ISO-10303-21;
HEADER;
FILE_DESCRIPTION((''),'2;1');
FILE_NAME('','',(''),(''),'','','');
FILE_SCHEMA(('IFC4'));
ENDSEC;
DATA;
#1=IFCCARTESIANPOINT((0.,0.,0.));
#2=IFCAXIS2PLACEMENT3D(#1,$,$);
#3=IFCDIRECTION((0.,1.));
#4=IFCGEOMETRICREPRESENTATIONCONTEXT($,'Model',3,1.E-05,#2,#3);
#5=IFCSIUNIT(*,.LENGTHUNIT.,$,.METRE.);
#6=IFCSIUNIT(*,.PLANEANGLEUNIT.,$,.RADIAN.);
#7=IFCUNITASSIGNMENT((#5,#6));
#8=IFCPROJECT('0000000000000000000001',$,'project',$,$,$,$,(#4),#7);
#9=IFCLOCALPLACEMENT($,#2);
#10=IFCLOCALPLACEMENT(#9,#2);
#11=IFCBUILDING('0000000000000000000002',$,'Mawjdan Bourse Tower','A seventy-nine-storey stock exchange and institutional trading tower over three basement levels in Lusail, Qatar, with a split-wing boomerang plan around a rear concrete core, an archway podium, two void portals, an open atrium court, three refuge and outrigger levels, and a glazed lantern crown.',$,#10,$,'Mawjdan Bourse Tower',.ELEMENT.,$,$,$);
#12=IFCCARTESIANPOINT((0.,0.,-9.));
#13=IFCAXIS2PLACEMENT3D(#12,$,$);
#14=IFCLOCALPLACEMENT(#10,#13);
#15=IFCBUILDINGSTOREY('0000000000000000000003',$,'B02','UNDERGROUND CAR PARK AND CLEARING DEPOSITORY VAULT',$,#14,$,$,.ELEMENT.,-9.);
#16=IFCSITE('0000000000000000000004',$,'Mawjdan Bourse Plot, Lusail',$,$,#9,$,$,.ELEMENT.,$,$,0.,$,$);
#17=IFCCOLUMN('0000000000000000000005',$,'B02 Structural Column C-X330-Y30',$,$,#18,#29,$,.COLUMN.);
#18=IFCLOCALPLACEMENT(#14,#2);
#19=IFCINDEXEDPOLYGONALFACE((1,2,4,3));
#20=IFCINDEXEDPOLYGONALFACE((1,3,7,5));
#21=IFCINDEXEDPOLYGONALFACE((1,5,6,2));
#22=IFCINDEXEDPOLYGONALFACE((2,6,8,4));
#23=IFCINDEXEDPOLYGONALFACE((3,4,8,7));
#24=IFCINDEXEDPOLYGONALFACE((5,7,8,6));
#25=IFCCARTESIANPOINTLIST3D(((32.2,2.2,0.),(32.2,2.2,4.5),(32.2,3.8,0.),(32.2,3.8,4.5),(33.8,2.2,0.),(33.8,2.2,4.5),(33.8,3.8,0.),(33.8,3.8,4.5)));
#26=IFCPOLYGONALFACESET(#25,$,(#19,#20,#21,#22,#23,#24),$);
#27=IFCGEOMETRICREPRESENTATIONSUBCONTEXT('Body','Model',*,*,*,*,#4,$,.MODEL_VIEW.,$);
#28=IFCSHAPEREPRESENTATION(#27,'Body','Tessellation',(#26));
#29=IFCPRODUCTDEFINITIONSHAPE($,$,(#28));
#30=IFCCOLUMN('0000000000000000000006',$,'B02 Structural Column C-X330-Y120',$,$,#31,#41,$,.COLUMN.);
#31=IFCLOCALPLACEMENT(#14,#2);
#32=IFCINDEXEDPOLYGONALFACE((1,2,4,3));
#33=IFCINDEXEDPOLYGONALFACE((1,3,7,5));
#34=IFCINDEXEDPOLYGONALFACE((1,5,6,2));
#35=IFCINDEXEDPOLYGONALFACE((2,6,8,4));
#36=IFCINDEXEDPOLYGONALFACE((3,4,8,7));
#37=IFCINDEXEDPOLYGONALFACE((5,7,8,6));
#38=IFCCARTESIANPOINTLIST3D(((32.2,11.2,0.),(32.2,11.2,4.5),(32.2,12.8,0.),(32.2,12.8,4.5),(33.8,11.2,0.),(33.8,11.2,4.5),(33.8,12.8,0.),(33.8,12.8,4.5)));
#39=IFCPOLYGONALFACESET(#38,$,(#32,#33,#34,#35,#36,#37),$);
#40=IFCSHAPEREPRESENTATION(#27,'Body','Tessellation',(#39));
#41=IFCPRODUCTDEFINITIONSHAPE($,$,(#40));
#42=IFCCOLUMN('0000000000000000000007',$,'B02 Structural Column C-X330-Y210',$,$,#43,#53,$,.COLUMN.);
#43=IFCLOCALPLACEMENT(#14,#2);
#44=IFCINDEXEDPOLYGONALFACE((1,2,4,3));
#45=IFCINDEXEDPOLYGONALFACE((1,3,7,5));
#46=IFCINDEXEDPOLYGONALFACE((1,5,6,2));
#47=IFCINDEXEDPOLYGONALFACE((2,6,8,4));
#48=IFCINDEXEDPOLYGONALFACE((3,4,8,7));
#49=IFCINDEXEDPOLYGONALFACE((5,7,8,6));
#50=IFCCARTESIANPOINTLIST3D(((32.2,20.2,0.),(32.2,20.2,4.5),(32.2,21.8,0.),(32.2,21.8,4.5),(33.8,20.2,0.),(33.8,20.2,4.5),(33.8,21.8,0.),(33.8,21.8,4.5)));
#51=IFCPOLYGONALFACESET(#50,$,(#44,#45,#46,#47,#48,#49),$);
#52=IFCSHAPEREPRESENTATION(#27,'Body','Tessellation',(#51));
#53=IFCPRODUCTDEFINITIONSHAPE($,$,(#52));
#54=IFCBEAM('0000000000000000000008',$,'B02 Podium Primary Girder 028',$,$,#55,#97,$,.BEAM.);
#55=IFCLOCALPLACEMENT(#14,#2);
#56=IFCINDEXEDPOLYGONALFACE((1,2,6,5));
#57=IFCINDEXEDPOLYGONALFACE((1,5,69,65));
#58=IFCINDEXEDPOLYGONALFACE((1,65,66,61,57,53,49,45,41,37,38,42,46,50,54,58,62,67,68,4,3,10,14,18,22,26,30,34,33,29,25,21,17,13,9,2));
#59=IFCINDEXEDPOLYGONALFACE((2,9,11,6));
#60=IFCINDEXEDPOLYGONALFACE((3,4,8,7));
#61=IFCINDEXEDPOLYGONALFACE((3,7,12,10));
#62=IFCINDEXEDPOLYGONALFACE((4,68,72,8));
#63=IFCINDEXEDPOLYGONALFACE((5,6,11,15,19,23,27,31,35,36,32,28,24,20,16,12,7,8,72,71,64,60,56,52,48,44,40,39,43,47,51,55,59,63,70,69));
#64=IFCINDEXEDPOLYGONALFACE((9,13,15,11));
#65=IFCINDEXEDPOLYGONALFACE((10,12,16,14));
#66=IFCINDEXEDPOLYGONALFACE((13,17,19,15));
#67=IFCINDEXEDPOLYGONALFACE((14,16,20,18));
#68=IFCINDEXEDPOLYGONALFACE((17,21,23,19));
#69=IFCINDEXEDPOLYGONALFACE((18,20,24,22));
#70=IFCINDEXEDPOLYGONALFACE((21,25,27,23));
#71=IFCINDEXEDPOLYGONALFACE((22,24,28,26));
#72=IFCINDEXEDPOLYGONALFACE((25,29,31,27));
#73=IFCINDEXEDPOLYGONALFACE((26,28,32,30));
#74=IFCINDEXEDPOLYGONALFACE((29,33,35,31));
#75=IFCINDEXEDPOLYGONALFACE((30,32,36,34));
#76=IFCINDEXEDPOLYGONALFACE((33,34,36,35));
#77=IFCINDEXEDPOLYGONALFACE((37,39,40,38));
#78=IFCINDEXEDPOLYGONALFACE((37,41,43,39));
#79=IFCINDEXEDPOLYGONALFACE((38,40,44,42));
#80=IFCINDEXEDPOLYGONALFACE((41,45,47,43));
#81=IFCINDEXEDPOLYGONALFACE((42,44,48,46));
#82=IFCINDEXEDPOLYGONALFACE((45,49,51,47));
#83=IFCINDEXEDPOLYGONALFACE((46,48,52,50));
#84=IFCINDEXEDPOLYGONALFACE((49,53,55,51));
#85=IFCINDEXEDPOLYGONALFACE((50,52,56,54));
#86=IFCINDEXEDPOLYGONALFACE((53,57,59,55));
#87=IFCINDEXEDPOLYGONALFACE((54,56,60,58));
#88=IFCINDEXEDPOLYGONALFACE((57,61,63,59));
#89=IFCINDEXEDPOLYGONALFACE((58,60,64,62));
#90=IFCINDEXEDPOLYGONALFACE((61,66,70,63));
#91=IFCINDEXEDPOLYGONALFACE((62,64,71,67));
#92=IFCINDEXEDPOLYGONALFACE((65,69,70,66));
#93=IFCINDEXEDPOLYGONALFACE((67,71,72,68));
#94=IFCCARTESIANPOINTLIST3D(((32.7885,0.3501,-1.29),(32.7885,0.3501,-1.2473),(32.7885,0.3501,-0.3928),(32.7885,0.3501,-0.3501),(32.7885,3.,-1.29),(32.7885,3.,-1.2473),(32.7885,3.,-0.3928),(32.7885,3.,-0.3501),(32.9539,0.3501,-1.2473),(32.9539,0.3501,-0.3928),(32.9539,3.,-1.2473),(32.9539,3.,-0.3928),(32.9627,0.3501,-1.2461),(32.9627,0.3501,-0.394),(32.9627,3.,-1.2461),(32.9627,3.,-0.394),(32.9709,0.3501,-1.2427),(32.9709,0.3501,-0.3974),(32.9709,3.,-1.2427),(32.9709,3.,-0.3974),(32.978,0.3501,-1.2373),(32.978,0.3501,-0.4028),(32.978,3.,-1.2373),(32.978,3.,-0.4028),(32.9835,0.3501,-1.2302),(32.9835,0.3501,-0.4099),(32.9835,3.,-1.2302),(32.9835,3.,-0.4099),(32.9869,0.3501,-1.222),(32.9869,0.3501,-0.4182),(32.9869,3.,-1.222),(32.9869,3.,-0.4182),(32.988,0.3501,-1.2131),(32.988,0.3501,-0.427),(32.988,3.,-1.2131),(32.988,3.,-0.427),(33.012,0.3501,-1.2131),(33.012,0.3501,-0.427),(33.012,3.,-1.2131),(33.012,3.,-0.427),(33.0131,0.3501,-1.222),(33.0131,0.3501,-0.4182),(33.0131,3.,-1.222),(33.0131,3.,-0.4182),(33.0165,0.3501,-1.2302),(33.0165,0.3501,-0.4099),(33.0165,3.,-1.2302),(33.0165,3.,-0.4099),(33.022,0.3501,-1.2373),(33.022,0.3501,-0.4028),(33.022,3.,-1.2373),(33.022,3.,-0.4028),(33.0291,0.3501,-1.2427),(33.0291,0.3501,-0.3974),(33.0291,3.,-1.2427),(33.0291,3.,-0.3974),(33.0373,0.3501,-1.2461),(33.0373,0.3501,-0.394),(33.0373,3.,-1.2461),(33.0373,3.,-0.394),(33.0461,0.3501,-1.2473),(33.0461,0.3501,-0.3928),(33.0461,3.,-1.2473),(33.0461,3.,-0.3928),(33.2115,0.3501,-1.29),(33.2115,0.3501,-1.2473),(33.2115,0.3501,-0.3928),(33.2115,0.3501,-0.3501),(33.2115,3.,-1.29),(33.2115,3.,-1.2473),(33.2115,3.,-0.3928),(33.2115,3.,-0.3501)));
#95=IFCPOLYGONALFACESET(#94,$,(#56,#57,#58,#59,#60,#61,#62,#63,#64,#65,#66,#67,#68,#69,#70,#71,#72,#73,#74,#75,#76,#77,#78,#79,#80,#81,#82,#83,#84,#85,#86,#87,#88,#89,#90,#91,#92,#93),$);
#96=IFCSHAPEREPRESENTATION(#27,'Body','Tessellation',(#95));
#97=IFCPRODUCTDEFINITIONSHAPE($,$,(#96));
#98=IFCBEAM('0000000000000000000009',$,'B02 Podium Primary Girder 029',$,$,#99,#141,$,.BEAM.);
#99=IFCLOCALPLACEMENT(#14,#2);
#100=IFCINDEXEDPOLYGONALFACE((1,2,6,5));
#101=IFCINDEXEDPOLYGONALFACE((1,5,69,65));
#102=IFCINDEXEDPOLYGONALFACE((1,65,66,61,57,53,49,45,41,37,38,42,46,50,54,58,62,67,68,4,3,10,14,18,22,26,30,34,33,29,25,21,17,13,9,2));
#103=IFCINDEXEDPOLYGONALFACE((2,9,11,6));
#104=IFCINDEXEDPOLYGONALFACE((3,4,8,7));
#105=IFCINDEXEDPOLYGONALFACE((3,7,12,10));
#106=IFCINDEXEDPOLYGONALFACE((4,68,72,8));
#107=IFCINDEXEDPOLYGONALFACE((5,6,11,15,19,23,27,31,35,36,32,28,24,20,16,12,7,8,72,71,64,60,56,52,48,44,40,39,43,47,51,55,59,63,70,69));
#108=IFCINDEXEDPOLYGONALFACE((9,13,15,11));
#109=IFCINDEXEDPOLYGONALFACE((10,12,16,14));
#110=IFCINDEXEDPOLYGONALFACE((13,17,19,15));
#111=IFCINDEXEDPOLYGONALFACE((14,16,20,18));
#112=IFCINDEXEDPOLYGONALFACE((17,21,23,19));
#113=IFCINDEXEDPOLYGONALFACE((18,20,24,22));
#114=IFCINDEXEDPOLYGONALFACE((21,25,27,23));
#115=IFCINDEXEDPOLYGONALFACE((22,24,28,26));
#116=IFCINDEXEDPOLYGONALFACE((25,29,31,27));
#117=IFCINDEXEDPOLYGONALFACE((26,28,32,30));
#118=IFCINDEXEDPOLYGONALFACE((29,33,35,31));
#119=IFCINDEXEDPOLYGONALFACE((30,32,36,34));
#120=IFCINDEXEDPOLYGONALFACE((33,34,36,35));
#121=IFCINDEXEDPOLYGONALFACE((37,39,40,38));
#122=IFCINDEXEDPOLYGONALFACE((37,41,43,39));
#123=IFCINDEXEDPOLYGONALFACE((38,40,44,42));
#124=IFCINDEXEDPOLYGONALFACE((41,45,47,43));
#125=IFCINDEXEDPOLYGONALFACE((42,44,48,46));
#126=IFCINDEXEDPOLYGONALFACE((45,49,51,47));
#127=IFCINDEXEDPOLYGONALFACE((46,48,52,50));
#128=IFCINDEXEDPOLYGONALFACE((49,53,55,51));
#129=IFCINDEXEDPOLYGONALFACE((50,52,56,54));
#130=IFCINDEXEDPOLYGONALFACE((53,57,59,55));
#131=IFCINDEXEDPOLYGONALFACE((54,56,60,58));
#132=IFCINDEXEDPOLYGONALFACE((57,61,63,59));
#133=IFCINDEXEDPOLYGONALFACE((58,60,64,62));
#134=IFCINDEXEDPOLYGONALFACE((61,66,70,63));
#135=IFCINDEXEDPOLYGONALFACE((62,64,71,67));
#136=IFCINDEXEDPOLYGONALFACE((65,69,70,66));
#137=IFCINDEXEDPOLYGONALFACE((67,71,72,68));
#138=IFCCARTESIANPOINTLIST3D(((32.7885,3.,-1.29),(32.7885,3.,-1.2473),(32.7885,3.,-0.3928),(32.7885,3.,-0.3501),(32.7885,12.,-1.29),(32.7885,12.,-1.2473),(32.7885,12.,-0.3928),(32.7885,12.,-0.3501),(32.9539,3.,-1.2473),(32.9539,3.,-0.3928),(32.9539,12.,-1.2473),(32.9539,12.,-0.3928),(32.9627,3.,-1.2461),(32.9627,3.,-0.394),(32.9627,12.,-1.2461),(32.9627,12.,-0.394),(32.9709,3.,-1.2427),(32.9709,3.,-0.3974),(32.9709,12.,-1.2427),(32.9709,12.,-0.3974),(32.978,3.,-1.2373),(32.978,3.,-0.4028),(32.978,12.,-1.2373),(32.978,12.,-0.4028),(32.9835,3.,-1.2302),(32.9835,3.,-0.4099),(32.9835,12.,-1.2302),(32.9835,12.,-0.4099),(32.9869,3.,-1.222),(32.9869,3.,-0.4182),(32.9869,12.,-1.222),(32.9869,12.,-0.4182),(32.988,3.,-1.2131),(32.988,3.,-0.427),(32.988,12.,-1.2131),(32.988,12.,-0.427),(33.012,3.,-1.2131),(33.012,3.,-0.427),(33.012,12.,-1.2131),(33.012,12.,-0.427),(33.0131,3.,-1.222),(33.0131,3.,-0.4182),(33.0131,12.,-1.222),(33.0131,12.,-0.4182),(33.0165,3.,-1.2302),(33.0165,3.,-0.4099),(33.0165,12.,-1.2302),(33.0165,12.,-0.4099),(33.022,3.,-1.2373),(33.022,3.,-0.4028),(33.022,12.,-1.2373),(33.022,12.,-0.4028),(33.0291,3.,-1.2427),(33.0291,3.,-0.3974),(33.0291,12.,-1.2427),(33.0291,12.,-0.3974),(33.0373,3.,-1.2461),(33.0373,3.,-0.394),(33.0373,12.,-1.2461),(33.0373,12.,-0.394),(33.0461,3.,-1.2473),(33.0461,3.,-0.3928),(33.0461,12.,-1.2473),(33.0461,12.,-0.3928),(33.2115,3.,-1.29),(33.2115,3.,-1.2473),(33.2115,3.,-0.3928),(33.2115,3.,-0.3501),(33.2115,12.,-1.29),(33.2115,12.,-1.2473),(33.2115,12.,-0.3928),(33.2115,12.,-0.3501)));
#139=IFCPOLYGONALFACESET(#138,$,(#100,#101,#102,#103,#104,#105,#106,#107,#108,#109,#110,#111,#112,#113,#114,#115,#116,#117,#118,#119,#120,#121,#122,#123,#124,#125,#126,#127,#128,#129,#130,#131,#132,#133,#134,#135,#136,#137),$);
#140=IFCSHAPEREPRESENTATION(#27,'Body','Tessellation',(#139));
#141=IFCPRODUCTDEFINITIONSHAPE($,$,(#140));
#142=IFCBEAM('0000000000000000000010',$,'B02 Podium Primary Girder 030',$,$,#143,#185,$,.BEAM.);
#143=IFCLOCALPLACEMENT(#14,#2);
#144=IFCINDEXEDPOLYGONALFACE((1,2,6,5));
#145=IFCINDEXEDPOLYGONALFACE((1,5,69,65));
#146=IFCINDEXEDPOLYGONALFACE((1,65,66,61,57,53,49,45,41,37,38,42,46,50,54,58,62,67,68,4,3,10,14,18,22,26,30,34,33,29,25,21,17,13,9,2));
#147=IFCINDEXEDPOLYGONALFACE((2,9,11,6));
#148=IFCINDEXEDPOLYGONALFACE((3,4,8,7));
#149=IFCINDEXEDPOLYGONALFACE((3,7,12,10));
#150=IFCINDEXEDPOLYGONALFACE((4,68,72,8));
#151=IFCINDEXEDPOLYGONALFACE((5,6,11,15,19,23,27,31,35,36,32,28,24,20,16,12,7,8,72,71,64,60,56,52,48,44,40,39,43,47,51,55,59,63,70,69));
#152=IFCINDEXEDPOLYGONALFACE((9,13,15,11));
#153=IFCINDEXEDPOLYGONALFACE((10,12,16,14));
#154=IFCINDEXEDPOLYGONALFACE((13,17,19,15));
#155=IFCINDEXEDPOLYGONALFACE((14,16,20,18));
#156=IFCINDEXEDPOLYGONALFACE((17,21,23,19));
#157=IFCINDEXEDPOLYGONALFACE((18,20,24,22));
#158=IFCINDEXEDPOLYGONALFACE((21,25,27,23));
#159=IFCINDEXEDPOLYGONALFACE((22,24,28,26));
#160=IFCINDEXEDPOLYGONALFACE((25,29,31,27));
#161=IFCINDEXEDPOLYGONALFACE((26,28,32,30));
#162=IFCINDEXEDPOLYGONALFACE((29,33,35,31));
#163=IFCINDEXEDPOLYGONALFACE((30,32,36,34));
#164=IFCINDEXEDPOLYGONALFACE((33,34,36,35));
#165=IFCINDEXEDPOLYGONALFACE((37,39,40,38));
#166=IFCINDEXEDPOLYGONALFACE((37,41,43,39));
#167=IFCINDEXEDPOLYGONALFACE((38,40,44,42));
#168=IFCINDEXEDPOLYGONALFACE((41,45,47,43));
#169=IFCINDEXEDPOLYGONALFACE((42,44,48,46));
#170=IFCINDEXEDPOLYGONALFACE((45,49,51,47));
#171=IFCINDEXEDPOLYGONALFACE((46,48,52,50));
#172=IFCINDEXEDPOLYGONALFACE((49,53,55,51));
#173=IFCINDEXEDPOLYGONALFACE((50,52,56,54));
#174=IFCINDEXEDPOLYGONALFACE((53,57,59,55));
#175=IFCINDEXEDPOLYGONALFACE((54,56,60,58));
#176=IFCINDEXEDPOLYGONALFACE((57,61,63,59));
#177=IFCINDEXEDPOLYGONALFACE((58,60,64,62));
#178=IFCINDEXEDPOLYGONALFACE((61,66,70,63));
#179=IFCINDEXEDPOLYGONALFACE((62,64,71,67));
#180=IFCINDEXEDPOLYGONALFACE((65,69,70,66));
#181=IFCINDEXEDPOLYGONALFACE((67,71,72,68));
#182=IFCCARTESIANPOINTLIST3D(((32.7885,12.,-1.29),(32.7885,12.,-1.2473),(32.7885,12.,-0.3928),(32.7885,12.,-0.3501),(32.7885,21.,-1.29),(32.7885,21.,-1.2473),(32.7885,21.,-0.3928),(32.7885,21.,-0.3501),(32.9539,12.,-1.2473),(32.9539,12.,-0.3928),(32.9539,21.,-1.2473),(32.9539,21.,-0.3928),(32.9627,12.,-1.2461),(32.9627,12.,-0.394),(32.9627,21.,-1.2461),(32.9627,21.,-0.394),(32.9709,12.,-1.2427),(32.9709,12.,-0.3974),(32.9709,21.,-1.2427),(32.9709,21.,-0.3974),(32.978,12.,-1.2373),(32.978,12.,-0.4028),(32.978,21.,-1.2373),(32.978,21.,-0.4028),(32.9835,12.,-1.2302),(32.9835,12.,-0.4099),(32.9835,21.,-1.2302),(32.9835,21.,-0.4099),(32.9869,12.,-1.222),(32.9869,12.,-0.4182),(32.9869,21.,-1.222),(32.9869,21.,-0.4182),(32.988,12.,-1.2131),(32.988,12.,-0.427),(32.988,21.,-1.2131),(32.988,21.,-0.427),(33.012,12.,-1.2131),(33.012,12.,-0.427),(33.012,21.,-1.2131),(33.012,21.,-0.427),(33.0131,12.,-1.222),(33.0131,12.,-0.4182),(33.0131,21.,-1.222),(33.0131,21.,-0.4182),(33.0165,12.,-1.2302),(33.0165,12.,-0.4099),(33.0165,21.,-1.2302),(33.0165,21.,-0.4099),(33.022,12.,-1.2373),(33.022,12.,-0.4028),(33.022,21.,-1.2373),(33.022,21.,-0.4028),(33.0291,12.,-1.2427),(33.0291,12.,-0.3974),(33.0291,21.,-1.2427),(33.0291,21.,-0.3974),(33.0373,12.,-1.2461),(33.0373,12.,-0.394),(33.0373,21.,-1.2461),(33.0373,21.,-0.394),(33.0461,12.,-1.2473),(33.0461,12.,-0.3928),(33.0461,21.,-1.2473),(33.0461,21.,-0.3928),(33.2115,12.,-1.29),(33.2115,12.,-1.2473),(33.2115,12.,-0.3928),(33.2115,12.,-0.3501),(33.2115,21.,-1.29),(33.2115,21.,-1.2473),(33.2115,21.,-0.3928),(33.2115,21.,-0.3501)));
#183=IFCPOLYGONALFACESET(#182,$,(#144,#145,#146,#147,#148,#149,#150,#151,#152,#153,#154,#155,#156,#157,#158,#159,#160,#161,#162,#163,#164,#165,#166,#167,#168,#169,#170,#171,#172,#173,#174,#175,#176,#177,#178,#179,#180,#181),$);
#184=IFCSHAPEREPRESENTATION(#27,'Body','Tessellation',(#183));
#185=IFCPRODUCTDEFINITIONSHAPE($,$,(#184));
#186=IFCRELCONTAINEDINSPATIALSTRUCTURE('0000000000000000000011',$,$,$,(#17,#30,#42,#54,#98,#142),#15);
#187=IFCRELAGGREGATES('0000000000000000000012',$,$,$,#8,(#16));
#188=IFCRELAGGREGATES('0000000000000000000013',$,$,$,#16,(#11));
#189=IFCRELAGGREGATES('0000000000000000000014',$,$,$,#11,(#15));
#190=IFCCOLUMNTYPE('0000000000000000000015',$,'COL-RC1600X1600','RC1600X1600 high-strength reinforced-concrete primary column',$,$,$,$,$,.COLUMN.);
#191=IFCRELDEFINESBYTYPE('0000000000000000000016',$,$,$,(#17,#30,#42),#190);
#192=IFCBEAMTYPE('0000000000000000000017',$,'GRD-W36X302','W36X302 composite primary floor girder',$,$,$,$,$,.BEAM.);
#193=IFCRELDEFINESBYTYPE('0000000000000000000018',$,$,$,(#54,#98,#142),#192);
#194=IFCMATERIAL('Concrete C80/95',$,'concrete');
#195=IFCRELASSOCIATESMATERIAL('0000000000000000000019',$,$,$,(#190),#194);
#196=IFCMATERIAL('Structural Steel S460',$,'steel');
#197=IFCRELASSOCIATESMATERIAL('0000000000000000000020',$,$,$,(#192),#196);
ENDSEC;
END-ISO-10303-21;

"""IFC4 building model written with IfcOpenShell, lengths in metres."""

from ifc_helpers import new_model, si_unit, direction, frame, origin, origin_2d, place, context, subcontext, project, spatial, rectangle, i_section, extrude, material, material_profile, profile_set, type_object, element, save


model = new_model("IFC4")

# Units and contexts
model_context = context("Model", 3, precision=1e-05, world=origin(), true_north=direction((0.0, 1.0)))
body_context = subcontext(model_context, "Body", "Model", "MODEL_VIEW")
ifc_project = project(units=[si_unit("LENGTHUNIT", "METRE"), si_unit("PLANEANGLEUNIT", "RADIAN")], contexts=[model_context])

# Site, building, storey
site_placement = place(None, origin())
site = spatial("IfcSite", under=ifc_project, at=site_placement, Name="Mawjdan Bourse Plot, Lusail", CompositionType="ELEMENT", RefElevation=0.0)
building_placement = place(site_placement, origin())
building = spatial("IfcBuilding", under=site, at=building_placement, Name="Mawjdan Bourse Tower", Description="A seventy-nine-storey stock exchange and institutional trading tower over three basement levels in Lusail, Qatar, with a split-wing boomerang plan around a rear concrete core, an archway podium, two void portals, an open atrium court, three refuge and outrigger levels, and a glazed lantern crown.", LongName="Mawjdan Bourse Tower", CompositionType="ELEMENT")
storey_placement = place(building_placement, frame((0.0, 0.0, -9.0)))
storey = spatial("IfcBuildingStorey", under=building, at=storey_placement, Name="B02", Description="UNDERGROUND CAR PARK AND CLEARING DEPOSITORY VAULT", CompositionType="ELEMENT", Elevation=-9.0)

# Columns
ifc_material_1 = material(Name="Concrete C80/95", Category="concrete")
ifc_material_profile_1 = material_profile(ifc_material_1, rectangle(XDim=1.6001, YDim=1.6001, at=origin_2d()), Name="RC1600X1600")
ifc_profile_set_1 = profile_set([ifc_material_profile_1], Name="Concrete C80/95")
column_type = type_object("IfcColumnType", Name="COL-RC1600X1600", Description="RC1600X1600 high-strength reinforced-concrete primary column", PredefinedType="COLUMN", material=ifc_profile_set_1)
for number, where, z_axis, x_axis, name in (
    (1, (33.0, 3.0, 0.0), (0.0, 0.0, 1.0), (1.0, 0.0, 0.0), "B02 Structural Column C-X330-Y30"),
    (2, (33.0, 12.0, 0.0), (0.0, 0.0, 1.0), (1.0, 0.0, 0.0), "B02 Structural Column C-X330-Y120"),
    (3, (33.0, 21.0, 0.0), (0.0, 0.0, 1.0), (1.0, 0.0, 0.0), "B02 Structural Column C-X330-Y210"),
):
    element("IfcColumn", number, at=place(storey_placement, frame(where, z_axis=z_axis, x_axis=x_axis)), inside=storey, type_object=column_type, Name=name, PredefinedType="COLUMN", context=body_context, shape_type="SweptSolid", body=[
        extrude(rectangle(XDim=1.6001, YDim=1.6001, at=origin_2d()), origin(), (0.0, 0.0, 1.0), 4.5),
    ])

# Beams
ifc_material_2 = material(Name="Structural Steel S460", Category="steel")
ifc_material_profile_2 = material_profile(ifc_material_2, i_section(OverallWidth=0.4231, OverallDepth=0.9399, WebThickness=0.0239, FlangeThickness=0.0427, FilletRadius=0.0342, at=origin_2d()), Name="W36X302")
ifc_profile_set_2 = profile_set([ifc_material_profile_2], Name="Structural Steel S460")
beam_type_1 = type_object("IfcBeamType", Name="GRD-W36X302", Description="W36X302 composite primary floor girder", PredefinedType="BEAM", material=ifc_profile_set_2)
beam_1_placement = place(storey_placement, frame((33.0, 0.3501, -0.8201), z_axis=(0.0, 1.0, 0.0), x_axis=(-1.0, 0.0, 0.0)))
element("IfcBeam", 4, at=beam_1_placement, inside=storey, type_object=beam_type_1, Name="B02 Podium Primary Girder 028", PredefinedType="BEAM", context=body_context, shape_type="SweptSolid", body=[
    extrude(i_section(OverallWidth=0.4231, OverallDepth=0.9399, WebThickness=0.0239, FlangeThickness=0.0427, FilletRadius=0.0342, at=origin_2d()), origin(), (0.0, 0.0, 1.0), 2.6499),
])
for number, where, z_axis, x_axis, name in (
    (5, (33.0, 3.0, -0.8201), (0.0, 1.0, 0.0), (-1.0, 0.0, 0.0), "B02 Podium Primary Girder 029"),
    (6, (33.0, 12.0, -0.8201), (0.0, 1.0, 0.0), (-1.0, 0.0, 0.0), "B02 Podium Primary Girder 030"),
):
    element("IfcBeam", number, at=place(storey_placement, frame(where, z_axis=z_axis, x_axis=x_axis)), inside=storey, type_object=beam_type_1, Name=name, PredefinedType="BEAM", context=body_context, shape_type="SweptSolid", body=[
        extrude(i_section(OverallWidth=0.4231, OverallDepth=0.9399, WebThickness=0.0239, FlangeThickness=0.0427, FilletRadius=0.0342, at=origin_2d()), origin(), (0.0, 0.0, 1.0), 9.0),
    ])

save(model, "model.ifc")
